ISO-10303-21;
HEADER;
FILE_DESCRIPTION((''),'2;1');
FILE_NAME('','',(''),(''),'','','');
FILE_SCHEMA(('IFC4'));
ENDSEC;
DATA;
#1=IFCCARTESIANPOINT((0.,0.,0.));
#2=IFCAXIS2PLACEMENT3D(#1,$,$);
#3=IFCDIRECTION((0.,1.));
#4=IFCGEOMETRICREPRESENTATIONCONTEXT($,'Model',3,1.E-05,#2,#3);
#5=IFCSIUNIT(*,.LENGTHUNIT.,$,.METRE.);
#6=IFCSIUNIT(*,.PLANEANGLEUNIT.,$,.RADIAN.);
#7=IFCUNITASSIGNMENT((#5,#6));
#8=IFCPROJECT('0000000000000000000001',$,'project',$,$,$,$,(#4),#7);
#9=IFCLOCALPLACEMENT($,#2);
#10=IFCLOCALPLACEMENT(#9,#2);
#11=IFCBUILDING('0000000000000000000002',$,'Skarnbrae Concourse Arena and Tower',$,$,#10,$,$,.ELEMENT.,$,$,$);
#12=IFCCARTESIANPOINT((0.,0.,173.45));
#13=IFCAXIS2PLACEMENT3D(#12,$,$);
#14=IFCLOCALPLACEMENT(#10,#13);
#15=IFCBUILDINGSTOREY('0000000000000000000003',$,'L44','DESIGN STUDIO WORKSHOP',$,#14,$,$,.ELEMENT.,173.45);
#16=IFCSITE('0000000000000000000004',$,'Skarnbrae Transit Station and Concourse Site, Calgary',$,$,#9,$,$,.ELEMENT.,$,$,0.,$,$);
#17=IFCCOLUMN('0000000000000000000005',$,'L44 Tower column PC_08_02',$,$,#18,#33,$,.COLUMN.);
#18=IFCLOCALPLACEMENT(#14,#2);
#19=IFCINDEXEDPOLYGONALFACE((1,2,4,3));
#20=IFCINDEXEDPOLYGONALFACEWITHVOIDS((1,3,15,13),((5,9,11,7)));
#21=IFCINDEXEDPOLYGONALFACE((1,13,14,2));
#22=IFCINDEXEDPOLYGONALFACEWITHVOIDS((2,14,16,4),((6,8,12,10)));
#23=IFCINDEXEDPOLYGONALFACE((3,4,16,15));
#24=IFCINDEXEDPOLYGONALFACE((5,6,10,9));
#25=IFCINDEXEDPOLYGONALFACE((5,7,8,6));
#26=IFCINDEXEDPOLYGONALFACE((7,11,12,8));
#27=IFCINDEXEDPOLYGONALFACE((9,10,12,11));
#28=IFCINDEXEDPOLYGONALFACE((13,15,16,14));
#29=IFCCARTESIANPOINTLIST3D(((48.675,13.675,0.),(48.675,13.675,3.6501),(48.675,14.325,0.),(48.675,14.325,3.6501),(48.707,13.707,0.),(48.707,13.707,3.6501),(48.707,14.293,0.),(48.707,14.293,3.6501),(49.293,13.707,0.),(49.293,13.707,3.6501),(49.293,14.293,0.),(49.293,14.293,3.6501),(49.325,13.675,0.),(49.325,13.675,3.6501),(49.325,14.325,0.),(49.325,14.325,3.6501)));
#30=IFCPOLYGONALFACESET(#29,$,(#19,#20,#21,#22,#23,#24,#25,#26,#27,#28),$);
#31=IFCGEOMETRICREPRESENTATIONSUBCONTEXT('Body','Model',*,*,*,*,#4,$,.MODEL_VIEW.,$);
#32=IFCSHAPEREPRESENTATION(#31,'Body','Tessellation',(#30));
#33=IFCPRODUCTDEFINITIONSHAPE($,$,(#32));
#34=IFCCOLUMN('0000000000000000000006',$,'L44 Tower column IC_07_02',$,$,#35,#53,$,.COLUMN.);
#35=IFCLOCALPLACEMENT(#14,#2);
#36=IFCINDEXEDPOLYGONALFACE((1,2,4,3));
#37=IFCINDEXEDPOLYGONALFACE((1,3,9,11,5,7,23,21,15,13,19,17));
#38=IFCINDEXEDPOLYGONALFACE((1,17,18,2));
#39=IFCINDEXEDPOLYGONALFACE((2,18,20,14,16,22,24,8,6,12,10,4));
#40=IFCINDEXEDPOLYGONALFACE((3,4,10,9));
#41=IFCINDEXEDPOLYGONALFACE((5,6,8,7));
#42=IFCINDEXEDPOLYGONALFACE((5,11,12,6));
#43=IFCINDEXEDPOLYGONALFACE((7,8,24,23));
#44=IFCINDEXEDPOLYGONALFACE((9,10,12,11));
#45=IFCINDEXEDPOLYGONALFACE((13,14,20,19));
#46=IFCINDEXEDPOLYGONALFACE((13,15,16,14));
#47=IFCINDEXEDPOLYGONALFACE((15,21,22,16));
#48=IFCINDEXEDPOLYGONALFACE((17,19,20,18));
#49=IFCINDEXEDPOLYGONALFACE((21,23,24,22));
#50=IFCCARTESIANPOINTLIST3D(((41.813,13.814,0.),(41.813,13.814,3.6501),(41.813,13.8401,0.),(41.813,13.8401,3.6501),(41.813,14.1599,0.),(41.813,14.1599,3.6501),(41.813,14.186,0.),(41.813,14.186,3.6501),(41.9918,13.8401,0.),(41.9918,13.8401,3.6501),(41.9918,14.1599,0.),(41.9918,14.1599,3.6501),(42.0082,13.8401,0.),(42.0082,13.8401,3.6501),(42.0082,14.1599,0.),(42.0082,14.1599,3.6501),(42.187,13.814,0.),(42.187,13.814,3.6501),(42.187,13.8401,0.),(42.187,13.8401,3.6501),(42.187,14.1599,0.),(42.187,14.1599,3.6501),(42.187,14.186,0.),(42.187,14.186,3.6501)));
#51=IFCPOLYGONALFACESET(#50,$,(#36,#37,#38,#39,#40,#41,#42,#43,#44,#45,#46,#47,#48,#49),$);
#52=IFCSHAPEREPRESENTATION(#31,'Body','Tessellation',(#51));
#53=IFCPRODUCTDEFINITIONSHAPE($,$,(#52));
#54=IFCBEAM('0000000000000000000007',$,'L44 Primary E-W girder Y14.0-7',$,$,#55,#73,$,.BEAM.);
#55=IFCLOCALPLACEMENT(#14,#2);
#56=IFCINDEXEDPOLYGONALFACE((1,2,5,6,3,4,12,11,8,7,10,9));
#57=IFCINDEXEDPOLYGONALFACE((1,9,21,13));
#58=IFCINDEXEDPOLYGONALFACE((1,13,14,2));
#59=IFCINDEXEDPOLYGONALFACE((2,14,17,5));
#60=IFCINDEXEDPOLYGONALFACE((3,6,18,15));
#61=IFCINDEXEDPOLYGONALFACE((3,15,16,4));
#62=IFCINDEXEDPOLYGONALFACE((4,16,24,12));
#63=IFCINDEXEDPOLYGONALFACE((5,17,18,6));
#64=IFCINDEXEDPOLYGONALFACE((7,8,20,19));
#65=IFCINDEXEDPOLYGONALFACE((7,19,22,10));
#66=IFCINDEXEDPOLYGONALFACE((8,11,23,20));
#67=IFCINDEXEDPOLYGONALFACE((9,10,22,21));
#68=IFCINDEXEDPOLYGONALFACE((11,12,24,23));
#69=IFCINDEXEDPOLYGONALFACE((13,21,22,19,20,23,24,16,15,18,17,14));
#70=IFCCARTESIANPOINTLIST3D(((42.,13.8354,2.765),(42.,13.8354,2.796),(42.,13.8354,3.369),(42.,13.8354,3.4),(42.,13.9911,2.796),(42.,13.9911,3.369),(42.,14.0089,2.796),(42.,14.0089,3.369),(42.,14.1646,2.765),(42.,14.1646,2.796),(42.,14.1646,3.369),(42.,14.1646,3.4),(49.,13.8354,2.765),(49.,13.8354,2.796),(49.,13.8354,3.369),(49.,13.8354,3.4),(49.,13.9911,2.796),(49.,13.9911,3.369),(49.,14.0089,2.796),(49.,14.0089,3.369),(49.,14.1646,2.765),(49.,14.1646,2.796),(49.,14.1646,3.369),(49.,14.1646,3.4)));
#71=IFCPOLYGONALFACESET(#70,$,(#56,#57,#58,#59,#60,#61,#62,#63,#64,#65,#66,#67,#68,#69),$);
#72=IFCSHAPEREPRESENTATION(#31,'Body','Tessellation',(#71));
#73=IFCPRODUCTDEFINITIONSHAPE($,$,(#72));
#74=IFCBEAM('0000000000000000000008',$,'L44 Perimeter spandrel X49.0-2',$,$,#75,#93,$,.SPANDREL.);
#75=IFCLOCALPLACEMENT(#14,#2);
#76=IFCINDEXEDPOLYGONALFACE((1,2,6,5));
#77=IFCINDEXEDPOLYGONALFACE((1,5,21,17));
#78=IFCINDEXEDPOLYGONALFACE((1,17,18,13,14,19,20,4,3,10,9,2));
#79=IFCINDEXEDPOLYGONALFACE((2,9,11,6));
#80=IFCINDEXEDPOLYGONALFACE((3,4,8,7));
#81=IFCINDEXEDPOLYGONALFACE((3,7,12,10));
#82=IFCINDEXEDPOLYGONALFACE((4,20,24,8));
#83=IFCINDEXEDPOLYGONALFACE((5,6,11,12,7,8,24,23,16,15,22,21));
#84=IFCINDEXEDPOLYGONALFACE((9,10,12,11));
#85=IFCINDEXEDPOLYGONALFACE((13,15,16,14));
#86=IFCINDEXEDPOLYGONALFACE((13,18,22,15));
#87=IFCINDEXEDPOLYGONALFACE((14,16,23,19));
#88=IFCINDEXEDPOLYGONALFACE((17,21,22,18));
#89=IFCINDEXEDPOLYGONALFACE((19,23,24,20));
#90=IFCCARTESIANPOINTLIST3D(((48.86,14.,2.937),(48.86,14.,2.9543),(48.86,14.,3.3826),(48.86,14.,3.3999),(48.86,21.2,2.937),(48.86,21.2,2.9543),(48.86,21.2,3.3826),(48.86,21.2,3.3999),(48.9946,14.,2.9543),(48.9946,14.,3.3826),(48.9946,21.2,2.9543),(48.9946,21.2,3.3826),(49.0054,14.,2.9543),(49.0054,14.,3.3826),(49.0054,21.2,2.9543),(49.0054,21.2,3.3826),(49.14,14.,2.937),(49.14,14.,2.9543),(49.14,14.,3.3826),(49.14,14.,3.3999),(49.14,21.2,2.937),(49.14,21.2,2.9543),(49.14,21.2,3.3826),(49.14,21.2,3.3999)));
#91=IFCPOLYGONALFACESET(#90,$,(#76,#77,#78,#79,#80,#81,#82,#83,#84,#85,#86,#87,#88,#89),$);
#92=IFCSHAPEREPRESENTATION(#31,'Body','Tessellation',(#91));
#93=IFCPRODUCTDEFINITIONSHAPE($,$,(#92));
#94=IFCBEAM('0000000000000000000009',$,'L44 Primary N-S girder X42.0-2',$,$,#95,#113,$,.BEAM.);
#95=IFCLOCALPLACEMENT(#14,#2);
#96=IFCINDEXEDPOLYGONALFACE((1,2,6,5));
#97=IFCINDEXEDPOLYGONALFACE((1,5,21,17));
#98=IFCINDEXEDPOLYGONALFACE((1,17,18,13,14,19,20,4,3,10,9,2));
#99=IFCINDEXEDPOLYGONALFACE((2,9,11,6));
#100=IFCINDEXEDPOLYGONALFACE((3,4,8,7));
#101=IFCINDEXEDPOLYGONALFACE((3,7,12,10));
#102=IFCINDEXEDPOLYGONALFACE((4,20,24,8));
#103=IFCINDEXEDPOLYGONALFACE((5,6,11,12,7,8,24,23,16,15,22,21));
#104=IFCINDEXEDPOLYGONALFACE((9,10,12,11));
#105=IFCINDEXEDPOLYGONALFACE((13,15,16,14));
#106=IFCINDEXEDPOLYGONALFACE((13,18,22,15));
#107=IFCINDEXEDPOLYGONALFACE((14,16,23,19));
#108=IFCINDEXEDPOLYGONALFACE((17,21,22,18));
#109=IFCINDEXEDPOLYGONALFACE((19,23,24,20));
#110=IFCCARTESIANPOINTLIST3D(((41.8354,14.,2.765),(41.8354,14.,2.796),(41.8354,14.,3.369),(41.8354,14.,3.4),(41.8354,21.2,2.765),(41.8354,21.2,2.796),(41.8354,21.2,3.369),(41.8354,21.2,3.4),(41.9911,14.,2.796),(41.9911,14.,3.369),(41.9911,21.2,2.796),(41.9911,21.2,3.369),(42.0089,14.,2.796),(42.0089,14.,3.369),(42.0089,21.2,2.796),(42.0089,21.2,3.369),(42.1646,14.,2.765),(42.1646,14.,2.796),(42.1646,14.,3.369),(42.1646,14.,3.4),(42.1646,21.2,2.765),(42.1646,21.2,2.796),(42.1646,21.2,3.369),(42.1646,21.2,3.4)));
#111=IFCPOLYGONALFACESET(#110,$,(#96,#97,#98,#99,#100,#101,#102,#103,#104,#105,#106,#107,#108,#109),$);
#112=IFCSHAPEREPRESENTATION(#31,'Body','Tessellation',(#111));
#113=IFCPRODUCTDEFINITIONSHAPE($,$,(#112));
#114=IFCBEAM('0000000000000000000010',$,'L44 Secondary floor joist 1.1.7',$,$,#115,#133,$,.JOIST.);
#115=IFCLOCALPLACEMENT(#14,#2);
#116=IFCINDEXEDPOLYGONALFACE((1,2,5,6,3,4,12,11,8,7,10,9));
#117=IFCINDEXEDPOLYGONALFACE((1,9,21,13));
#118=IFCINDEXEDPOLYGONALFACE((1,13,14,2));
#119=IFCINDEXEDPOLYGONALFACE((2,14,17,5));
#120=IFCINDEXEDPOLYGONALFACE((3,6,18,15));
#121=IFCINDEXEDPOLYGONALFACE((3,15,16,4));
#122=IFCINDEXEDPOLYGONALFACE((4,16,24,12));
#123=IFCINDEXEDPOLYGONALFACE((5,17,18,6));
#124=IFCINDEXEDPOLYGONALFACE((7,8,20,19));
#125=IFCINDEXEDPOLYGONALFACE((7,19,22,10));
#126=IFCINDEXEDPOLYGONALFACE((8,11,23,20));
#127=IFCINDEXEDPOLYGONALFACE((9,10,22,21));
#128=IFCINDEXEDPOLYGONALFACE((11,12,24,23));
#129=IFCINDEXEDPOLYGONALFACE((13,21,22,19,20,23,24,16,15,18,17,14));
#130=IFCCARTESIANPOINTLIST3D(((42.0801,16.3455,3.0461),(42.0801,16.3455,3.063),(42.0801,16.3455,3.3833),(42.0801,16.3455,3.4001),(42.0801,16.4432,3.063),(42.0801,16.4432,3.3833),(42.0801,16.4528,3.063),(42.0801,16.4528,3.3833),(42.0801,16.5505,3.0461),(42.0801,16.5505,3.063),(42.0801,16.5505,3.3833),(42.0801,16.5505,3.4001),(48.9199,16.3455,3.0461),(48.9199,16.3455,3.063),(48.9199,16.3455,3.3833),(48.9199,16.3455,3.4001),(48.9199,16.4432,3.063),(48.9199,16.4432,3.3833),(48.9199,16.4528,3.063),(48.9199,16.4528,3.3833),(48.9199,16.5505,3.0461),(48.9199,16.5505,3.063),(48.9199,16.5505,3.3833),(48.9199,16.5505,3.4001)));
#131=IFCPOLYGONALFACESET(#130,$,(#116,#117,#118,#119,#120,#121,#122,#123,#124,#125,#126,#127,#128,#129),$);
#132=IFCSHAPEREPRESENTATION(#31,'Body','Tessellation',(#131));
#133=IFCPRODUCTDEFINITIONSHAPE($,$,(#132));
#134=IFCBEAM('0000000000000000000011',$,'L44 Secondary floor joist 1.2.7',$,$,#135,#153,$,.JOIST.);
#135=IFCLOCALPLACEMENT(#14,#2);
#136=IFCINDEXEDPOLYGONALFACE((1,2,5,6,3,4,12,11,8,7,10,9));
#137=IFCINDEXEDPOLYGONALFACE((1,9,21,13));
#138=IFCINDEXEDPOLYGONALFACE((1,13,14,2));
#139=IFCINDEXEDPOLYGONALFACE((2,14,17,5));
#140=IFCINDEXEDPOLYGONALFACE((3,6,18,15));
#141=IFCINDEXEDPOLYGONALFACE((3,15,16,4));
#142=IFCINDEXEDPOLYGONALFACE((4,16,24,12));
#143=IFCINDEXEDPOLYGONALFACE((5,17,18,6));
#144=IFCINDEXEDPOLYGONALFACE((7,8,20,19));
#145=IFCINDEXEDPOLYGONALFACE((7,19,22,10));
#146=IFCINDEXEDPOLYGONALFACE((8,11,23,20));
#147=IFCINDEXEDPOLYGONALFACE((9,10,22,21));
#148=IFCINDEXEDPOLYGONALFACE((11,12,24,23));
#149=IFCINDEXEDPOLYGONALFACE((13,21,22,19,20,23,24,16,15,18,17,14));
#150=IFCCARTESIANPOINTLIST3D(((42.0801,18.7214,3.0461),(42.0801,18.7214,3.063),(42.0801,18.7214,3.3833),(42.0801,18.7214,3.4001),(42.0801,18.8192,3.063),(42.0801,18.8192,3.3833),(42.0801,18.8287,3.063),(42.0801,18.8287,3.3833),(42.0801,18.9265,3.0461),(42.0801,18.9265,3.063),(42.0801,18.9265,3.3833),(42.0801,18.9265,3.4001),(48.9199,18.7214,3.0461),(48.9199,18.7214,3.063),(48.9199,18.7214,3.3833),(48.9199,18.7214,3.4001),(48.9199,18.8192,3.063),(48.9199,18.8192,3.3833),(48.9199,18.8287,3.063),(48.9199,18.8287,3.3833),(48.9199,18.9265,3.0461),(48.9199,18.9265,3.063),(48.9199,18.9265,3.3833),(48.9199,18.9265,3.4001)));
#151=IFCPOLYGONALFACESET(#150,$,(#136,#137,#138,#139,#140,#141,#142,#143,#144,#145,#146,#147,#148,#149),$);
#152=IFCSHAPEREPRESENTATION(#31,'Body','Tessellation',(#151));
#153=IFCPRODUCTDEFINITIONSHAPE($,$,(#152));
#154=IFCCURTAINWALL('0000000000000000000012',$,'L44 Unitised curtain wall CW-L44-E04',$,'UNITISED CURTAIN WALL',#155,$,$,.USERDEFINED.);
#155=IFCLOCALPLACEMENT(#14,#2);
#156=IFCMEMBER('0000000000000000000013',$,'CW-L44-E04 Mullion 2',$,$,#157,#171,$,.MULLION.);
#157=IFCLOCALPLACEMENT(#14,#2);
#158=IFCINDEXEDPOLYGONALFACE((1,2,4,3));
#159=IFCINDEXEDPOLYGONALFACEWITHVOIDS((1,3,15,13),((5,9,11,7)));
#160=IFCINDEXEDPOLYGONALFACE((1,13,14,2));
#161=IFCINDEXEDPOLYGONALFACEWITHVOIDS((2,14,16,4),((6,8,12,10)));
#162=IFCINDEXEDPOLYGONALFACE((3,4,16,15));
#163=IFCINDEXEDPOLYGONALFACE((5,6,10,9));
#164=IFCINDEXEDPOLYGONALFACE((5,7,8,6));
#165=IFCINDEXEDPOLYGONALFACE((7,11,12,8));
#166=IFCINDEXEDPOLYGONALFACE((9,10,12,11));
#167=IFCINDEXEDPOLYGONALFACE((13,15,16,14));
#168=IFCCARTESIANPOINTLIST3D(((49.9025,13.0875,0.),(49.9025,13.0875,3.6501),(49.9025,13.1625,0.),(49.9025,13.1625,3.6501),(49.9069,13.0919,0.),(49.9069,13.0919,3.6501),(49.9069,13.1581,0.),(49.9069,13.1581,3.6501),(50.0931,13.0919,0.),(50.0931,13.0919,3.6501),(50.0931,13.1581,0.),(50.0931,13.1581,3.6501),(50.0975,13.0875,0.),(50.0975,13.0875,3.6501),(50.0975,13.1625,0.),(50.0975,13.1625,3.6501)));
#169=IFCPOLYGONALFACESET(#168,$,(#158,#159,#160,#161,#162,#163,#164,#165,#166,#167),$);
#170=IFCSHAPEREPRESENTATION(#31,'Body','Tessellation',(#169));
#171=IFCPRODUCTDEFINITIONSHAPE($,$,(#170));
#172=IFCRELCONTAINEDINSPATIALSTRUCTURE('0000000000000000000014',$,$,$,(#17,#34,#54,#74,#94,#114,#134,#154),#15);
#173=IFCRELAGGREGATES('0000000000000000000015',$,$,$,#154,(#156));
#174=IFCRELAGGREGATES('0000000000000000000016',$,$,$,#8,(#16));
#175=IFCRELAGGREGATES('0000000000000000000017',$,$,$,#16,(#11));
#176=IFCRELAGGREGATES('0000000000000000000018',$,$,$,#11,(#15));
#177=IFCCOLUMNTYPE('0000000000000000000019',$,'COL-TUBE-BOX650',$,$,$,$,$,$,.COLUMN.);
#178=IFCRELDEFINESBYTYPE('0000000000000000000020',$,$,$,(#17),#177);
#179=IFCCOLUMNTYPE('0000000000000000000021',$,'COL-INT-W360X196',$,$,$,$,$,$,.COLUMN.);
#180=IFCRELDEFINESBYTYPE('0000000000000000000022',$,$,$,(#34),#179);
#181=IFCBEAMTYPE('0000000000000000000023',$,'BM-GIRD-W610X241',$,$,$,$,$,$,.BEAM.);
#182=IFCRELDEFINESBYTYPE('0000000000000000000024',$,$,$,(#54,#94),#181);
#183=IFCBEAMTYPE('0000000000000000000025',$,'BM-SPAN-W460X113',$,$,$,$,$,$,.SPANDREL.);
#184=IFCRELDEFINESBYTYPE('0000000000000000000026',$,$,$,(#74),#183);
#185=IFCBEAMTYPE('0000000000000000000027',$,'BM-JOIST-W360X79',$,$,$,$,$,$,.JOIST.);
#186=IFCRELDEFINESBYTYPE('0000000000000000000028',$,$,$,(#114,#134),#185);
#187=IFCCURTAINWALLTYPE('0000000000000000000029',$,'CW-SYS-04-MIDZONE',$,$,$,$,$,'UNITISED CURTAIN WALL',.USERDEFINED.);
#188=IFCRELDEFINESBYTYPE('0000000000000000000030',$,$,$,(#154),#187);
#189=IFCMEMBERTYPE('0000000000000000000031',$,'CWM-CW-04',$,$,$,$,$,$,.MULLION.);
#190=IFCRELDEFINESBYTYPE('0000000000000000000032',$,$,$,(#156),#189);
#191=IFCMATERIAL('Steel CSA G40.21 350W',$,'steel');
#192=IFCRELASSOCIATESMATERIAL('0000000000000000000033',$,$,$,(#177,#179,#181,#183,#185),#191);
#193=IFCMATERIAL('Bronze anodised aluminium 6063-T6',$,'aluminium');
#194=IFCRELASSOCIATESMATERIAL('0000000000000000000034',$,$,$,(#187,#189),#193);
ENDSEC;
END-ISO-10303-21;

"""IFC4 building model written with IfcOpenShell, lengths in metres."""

from ifc_helpers import new_model, si_unit, direction, frame, origin, origin_2d, place, context, subcontext, project, spatial, hollow_rectangle, i_section, extrude, source, transform, mapped, material, material_profile, profile_set, type_object, element, aggregate, save


model = new_model("IFC4")

# Units and contexts
model_context = context("Model", 3, precision=1e-05, world=origin(), true_north=direction((0.0, 1.0)))
body_context = subcontext(model_context, "Body", "Model", "MODEL_VIEW")
ifc_project = project(units=[si_unit("LENGTHUNIT", "METRE"), si_unit("PLANEANGLEUNIT", "RADIAN")], contexts=[model_context])

# Site, building, storey
site_placement = place(None, origin())
site = spatial("IfcSite", under=ifc_project, at=site_placement, Name="Skarnbrae Transit Station and Concourse Site, Calgary", CompositionType="ELEMENT", RefElevation=0.0)
building_placement = place(site_placement, origin())
building = spatial("IfcBuilding", under=site, at=building_placement, Name="Skarnbrae Concourse Arena and Tower", CompositionType="ELEMENT")
storey_placement = place(building_placement, frame((0.0, 0.0, 173.45)))
storey = spatial("IfcBuildingStorey", under=building, at=storey_placement, Name="L44", Description="DESIGN STUDIO WORKSHOP", CompositionType="ELEMENT", Elevation=173.45)

# Columns
ifc_material_1 = material(Name="Steel CSA G40.21 350W", Category="steel")
ifc_material_profile_1 = material_profile(ifc_material_1, hollow_rectangle(XDim=0.6499, YDim=0.6499, WallThickness=0.032, at=origin_2d()), Name="BOX650X650X32")
ifc_profile_set_1 = profile_set([ifc_material_profile_1], Name="Steel CSA G40.21 350W")
column_type_1 = type_object("IfcColumnType", Name="COL-TUBE-BOX650", PredefinedType="COLUMN", material=ifc_profile_set_1)
shared_shape_1 = source(origin(), body_context, "Body", "SweptSolid", [
    extrude(hollow_rectangle(XDim=0.6499, YDim=0.6499, WallThickness=0.032, at=origin_2d()), origin(), (0.0, 0.0, 1.0), 3.6501),
])
column_1_placement = place(storey_placement, frame((49.0, 14.0, 0.0), z_axis=(0.0, 0.0, 1.0), x_axis=(1.0, 0.0, 0.0)))
element("IfcColumn", 1, at=column_1_placement, inside=storey, type_object=column_type_1, Name="L44 Tower column PC_08_02", PredefinedType="COLUMN", context=body_context, shape_type="MappedRepresentation", body=[
    mapped(shared_shape_1, transform((0.0, 0.0, 0.0))),
])
ifc_material_profile_2 = material_profile(ifc_material_1, i_section(OverallWidth=0.374, OverallDepth=0.3721, WebThickness=0.0164, FlangeThickness=0.0261, at=origin_2d()), Name="W360X196")
ifc_profile_set_2 = profile_set([ifc_material_profile_2], Name="Steel CSA G40.21 350W")
column_type_2 = type_object("IfcColumnType", Name="COL-INT-W360X196", PredefinedType="COLUMN", material=ifc_profile_set_2)
shared_shape_2 = source(origin(), body_context, "Body", "SweptSolid", [
    extrude(i_section(OverallWidth=0.374, OverallDepth=0.3721, WebThickness=0.0164, FlangeThickness=0.0261, at=origin_2d()), origin(), (0.0, 0.0, 1.0), 3.6501),
])
column_2_placement = place(storey_placement, frame((42.0, 14.0, 0.0), z_axis=(0.0, 0.0, 1.0), x_axis=(1.0, 0.0, 0.0)))
element("IfcColumn", 2, at=column_2_placement, inside=storey, type_object=column_type_2, Name="L44 Tower column IC_07_02", PredefinedType="COLUMN", context=body_context, shape_type="MappedRepresentation", body=[
    mapped(shared_shape_2, transform((0.0, 0.0, 0.0))),
])

# Beams
ifc_material_profile_3 = material_profile(ifc_material_1, i_section(OverallWidth=0.3291, OverallDepth=0.635, WebThickness=0.0178, FlangeThickness=0.031, at=origin_2d()), Name="W610X241")
ifc_profile_set_3 = profile_set([ifc_material_profile_3], Name="Steel CSA G40.21 350W")
beam_type_1 = type_object("IfcBeamType", Name="BM-GIRD-W610X241", PredefinedType="BEAM", material=ifc_profile_set_3)
shared_shape_3 = source(origin(), body_context, "Body", "SweptSolid", [
    extrude(i_section(OverallWidth=0.3291, OverallDepth=0.635, WebThickness=0.0178, FlangeThickness=0.031, at=origin_2d()), origin(), (0.0, 0.0, 1.0), 7.0),
])
beam_1_placement = place(storey_placement, frame((42.0, 14.0, 3.0825), z_axis=(1.0, 0.0, 0.0), x_axis=(0.0, 1.0, 0.0)))
element("IfcBeam", 3, at=beam_1_placement, inside=storey, type_object=beam_type_1, Name="L44 Primary E-W girder Y14.0-7", PredefinedType="BEAM", context=body_context, shape_type="MappedRepresentation", body=[
    mapped(shared_shape_3, transform((0.0, 0.0, 0.0))),
])
ifc_material_profile_4 = material_profile(ifc_material_1, i_section(OverallWidth=0.28, OverallDepth=0.4629, WebThickness=0.0107, FlangeThickness=0.0173, at=origin_2d()), Name="W460X113")
ifc_profile_set_4 = profile_set([ifc_material_profile_4], Name="Steel CSA G40.21 350W")
beam_type_2 = type_object("IfcBeamType", Name="BM-SPAN-W460X113", PredefinedType="SPANDREL", material=ifc_profile_set_4)
shared_shape_4 = source(origin(), body_context, "Body", "SweptSolid", [
    extrude(i_section(OverallWidth=0.28, OverallDepth=0.4629, WebThickness=0.0107, FlangeThickness=0.0173, at=origin_2d()), origin(), (0.0, 0.0, 1.0), 7.2),
])
beam_2_placement = place(storey_placement, frame((49.0, 14.0, 3.1685), z_axis=(0.0, 1.0, 0.0), x_axis=(-1.0, 0.0, 0.0)))
element("IfcBeam", 4, at=beam_2_placement, inside=storey, type_object=beam_type_2, Name="L44 Perimeter spandrel X49.0-2", PredefinedType="SPANDREL", context=body_context, shape_type="MappedRepresentation", body=[
    mapped(shared_shape_4, transform((0.0, 0.0, 0.0))),
])
shared_shape_5 = source(origin(), body_context, "Body", "SweptSolid", [
    extrude(i_section(OverallWidth=0.3291, OverallDepth=0.635, WebThickness=0.0178, FlangeThickness=0.031, at=origin_2d()), origin(), (0.0, 0.0, 1.0), 7.2),
])
beam_3_placement = place(storey_placement, frame((42.0, 14.0, 3.0825), z_axis=(0.0, 1.0, 0.0), x_axis=(-1.0, 0.0, 0.0)))
element("IfcBeam", 5, at=beam_3_placement, inside=storey, type_object=beam_type_1, Name="L44 Primary N-S girder X42.0-2", PredefinedType="BEAM", context=body_context, shape_type="MappedRepresentation", body=[
    mapped(shared_shape_5, transform((0.0, 0.0, 0.0))),
])
ifc_material_profile_5 = material_profile(ifc_material_1, i_section(OverallWidth=0.2051, OverallDepth=0.354, WebThickness=0.0095, FlangeThickness=0.0168, at=origin_2d()), Name="W360X79")
ifc_profile_set_5 = profile_set([ifc_material_profile_5], Name="Steel CSA G40.21 350W")
beam_type_3 = type_object("IfcBeamType", Name="BM-JOIST-W360X79", PredefinedType="JOIST", material=ifc_profile_set_5)
shared_shape_6 = source(origin(), body_context, "Body", "SweptSolid", [
    extrude(i_section(OverallWidth=0.2051, OverallDepth=0.354, WebThickness=0.0095, FlangeThickness=0.0168, at=origin_2d()), origin(), (0.0, 0.0, 1.0), 6.8398),
])
for number, where, z_axis, x_axis, name in (
    (6, (42.0801, 16.448, 3.2231), (1.0, 0.0, 0.0), (0.0, 1.0, 0.0), "L44 Secondary floor joist 1.1.7"),
    (7, (42.0801, 18.824, 3.2231), (1.0, 0.0, 0.0), (0.0, 1.0, 0.0), "L44 Secondary floor joist 1.2.7"),
):
    element("IfcBeam", number, at=place(storey_placement, frame(where, z_axis=z_axis, x_axis=x_axis)), inside=storey, type_object=beam_type_3, Name=name, PredefinedType="JOIST", context=body_context, shape_type="MappedRepresentation", body=[
        mapped(shared_shape_6, transform((0.0, 0.0, 0.0))),
    ])

# Curtain wall, member
ifc_material_2 = material(Name="Bronze anodised aluminium 6063-T6", Category="aluminium")
curtain_wall_type = type_object("IfcCurtainWallType", Name="CW-SYS-04-MIDZONE", ElementType="UNITISED CURTAIN WALL", PredefinedType="USERDEFINED", material=ifc_material_2)
curtain_wall_placement = place(storey_placement, origin())
curtain_wall = element("IfcCurtainWall", 8, at=curtain_wall_placement, inside=storey, type_object=curtain_wall_type, Name="L44 Unitised curtain wall CW-L44-E04", ObjectType="UNITISED CURTAIN WALL", PredefinedType="USERDEFINED")
ifc_material_profile_6 = material_profile(ifc_material_2, hollow_rectangle(XDim=0.075, YDim=0.1951, WallThickness=0.0044, at=origin_2d()), Name="ALU-MULL-75X195")
ifc_profile_set_6 = profile_set([ifc_material_profile_6], Name="Bronze anodised aluminium 6063-T6")
member_type_1 = type_object("IfcMemberType", Name="CWM-CW-04", PredefinedType="MULLION", material=ifc_profile_set_6)
shared_shape_7 = source(origin(), body_context, "Body", "SweptSolid", [
    extrude(hollow_rectangle(XDim=0.075, YDim=0.1951, WallThickness=0.0044, at=origin_2d()), origin(), (0.0, 0.0, 1.0), 3.6501),
])
member_1_placement = place(storey_placement, frame((50.0, 13.125, 0.0), z_axis=(0.0, 0.0, 1.0), x_axis=(0.0, 1.0, 0.0)))
member_1 = element("IfcMember", 9, at=member_1_placement, type_object=member_type_1, Name="CW-L44-E04 Mullion 2", PredefinedType="MULLION", context=body_context, shape_type="MappedRepresentation", body=[
    mapped(shared_shape_7, transform((0.0, 0.0, 0.0))),
])
aggregate(curtain_wall, [member_1])

save(model, "model.ifc")
